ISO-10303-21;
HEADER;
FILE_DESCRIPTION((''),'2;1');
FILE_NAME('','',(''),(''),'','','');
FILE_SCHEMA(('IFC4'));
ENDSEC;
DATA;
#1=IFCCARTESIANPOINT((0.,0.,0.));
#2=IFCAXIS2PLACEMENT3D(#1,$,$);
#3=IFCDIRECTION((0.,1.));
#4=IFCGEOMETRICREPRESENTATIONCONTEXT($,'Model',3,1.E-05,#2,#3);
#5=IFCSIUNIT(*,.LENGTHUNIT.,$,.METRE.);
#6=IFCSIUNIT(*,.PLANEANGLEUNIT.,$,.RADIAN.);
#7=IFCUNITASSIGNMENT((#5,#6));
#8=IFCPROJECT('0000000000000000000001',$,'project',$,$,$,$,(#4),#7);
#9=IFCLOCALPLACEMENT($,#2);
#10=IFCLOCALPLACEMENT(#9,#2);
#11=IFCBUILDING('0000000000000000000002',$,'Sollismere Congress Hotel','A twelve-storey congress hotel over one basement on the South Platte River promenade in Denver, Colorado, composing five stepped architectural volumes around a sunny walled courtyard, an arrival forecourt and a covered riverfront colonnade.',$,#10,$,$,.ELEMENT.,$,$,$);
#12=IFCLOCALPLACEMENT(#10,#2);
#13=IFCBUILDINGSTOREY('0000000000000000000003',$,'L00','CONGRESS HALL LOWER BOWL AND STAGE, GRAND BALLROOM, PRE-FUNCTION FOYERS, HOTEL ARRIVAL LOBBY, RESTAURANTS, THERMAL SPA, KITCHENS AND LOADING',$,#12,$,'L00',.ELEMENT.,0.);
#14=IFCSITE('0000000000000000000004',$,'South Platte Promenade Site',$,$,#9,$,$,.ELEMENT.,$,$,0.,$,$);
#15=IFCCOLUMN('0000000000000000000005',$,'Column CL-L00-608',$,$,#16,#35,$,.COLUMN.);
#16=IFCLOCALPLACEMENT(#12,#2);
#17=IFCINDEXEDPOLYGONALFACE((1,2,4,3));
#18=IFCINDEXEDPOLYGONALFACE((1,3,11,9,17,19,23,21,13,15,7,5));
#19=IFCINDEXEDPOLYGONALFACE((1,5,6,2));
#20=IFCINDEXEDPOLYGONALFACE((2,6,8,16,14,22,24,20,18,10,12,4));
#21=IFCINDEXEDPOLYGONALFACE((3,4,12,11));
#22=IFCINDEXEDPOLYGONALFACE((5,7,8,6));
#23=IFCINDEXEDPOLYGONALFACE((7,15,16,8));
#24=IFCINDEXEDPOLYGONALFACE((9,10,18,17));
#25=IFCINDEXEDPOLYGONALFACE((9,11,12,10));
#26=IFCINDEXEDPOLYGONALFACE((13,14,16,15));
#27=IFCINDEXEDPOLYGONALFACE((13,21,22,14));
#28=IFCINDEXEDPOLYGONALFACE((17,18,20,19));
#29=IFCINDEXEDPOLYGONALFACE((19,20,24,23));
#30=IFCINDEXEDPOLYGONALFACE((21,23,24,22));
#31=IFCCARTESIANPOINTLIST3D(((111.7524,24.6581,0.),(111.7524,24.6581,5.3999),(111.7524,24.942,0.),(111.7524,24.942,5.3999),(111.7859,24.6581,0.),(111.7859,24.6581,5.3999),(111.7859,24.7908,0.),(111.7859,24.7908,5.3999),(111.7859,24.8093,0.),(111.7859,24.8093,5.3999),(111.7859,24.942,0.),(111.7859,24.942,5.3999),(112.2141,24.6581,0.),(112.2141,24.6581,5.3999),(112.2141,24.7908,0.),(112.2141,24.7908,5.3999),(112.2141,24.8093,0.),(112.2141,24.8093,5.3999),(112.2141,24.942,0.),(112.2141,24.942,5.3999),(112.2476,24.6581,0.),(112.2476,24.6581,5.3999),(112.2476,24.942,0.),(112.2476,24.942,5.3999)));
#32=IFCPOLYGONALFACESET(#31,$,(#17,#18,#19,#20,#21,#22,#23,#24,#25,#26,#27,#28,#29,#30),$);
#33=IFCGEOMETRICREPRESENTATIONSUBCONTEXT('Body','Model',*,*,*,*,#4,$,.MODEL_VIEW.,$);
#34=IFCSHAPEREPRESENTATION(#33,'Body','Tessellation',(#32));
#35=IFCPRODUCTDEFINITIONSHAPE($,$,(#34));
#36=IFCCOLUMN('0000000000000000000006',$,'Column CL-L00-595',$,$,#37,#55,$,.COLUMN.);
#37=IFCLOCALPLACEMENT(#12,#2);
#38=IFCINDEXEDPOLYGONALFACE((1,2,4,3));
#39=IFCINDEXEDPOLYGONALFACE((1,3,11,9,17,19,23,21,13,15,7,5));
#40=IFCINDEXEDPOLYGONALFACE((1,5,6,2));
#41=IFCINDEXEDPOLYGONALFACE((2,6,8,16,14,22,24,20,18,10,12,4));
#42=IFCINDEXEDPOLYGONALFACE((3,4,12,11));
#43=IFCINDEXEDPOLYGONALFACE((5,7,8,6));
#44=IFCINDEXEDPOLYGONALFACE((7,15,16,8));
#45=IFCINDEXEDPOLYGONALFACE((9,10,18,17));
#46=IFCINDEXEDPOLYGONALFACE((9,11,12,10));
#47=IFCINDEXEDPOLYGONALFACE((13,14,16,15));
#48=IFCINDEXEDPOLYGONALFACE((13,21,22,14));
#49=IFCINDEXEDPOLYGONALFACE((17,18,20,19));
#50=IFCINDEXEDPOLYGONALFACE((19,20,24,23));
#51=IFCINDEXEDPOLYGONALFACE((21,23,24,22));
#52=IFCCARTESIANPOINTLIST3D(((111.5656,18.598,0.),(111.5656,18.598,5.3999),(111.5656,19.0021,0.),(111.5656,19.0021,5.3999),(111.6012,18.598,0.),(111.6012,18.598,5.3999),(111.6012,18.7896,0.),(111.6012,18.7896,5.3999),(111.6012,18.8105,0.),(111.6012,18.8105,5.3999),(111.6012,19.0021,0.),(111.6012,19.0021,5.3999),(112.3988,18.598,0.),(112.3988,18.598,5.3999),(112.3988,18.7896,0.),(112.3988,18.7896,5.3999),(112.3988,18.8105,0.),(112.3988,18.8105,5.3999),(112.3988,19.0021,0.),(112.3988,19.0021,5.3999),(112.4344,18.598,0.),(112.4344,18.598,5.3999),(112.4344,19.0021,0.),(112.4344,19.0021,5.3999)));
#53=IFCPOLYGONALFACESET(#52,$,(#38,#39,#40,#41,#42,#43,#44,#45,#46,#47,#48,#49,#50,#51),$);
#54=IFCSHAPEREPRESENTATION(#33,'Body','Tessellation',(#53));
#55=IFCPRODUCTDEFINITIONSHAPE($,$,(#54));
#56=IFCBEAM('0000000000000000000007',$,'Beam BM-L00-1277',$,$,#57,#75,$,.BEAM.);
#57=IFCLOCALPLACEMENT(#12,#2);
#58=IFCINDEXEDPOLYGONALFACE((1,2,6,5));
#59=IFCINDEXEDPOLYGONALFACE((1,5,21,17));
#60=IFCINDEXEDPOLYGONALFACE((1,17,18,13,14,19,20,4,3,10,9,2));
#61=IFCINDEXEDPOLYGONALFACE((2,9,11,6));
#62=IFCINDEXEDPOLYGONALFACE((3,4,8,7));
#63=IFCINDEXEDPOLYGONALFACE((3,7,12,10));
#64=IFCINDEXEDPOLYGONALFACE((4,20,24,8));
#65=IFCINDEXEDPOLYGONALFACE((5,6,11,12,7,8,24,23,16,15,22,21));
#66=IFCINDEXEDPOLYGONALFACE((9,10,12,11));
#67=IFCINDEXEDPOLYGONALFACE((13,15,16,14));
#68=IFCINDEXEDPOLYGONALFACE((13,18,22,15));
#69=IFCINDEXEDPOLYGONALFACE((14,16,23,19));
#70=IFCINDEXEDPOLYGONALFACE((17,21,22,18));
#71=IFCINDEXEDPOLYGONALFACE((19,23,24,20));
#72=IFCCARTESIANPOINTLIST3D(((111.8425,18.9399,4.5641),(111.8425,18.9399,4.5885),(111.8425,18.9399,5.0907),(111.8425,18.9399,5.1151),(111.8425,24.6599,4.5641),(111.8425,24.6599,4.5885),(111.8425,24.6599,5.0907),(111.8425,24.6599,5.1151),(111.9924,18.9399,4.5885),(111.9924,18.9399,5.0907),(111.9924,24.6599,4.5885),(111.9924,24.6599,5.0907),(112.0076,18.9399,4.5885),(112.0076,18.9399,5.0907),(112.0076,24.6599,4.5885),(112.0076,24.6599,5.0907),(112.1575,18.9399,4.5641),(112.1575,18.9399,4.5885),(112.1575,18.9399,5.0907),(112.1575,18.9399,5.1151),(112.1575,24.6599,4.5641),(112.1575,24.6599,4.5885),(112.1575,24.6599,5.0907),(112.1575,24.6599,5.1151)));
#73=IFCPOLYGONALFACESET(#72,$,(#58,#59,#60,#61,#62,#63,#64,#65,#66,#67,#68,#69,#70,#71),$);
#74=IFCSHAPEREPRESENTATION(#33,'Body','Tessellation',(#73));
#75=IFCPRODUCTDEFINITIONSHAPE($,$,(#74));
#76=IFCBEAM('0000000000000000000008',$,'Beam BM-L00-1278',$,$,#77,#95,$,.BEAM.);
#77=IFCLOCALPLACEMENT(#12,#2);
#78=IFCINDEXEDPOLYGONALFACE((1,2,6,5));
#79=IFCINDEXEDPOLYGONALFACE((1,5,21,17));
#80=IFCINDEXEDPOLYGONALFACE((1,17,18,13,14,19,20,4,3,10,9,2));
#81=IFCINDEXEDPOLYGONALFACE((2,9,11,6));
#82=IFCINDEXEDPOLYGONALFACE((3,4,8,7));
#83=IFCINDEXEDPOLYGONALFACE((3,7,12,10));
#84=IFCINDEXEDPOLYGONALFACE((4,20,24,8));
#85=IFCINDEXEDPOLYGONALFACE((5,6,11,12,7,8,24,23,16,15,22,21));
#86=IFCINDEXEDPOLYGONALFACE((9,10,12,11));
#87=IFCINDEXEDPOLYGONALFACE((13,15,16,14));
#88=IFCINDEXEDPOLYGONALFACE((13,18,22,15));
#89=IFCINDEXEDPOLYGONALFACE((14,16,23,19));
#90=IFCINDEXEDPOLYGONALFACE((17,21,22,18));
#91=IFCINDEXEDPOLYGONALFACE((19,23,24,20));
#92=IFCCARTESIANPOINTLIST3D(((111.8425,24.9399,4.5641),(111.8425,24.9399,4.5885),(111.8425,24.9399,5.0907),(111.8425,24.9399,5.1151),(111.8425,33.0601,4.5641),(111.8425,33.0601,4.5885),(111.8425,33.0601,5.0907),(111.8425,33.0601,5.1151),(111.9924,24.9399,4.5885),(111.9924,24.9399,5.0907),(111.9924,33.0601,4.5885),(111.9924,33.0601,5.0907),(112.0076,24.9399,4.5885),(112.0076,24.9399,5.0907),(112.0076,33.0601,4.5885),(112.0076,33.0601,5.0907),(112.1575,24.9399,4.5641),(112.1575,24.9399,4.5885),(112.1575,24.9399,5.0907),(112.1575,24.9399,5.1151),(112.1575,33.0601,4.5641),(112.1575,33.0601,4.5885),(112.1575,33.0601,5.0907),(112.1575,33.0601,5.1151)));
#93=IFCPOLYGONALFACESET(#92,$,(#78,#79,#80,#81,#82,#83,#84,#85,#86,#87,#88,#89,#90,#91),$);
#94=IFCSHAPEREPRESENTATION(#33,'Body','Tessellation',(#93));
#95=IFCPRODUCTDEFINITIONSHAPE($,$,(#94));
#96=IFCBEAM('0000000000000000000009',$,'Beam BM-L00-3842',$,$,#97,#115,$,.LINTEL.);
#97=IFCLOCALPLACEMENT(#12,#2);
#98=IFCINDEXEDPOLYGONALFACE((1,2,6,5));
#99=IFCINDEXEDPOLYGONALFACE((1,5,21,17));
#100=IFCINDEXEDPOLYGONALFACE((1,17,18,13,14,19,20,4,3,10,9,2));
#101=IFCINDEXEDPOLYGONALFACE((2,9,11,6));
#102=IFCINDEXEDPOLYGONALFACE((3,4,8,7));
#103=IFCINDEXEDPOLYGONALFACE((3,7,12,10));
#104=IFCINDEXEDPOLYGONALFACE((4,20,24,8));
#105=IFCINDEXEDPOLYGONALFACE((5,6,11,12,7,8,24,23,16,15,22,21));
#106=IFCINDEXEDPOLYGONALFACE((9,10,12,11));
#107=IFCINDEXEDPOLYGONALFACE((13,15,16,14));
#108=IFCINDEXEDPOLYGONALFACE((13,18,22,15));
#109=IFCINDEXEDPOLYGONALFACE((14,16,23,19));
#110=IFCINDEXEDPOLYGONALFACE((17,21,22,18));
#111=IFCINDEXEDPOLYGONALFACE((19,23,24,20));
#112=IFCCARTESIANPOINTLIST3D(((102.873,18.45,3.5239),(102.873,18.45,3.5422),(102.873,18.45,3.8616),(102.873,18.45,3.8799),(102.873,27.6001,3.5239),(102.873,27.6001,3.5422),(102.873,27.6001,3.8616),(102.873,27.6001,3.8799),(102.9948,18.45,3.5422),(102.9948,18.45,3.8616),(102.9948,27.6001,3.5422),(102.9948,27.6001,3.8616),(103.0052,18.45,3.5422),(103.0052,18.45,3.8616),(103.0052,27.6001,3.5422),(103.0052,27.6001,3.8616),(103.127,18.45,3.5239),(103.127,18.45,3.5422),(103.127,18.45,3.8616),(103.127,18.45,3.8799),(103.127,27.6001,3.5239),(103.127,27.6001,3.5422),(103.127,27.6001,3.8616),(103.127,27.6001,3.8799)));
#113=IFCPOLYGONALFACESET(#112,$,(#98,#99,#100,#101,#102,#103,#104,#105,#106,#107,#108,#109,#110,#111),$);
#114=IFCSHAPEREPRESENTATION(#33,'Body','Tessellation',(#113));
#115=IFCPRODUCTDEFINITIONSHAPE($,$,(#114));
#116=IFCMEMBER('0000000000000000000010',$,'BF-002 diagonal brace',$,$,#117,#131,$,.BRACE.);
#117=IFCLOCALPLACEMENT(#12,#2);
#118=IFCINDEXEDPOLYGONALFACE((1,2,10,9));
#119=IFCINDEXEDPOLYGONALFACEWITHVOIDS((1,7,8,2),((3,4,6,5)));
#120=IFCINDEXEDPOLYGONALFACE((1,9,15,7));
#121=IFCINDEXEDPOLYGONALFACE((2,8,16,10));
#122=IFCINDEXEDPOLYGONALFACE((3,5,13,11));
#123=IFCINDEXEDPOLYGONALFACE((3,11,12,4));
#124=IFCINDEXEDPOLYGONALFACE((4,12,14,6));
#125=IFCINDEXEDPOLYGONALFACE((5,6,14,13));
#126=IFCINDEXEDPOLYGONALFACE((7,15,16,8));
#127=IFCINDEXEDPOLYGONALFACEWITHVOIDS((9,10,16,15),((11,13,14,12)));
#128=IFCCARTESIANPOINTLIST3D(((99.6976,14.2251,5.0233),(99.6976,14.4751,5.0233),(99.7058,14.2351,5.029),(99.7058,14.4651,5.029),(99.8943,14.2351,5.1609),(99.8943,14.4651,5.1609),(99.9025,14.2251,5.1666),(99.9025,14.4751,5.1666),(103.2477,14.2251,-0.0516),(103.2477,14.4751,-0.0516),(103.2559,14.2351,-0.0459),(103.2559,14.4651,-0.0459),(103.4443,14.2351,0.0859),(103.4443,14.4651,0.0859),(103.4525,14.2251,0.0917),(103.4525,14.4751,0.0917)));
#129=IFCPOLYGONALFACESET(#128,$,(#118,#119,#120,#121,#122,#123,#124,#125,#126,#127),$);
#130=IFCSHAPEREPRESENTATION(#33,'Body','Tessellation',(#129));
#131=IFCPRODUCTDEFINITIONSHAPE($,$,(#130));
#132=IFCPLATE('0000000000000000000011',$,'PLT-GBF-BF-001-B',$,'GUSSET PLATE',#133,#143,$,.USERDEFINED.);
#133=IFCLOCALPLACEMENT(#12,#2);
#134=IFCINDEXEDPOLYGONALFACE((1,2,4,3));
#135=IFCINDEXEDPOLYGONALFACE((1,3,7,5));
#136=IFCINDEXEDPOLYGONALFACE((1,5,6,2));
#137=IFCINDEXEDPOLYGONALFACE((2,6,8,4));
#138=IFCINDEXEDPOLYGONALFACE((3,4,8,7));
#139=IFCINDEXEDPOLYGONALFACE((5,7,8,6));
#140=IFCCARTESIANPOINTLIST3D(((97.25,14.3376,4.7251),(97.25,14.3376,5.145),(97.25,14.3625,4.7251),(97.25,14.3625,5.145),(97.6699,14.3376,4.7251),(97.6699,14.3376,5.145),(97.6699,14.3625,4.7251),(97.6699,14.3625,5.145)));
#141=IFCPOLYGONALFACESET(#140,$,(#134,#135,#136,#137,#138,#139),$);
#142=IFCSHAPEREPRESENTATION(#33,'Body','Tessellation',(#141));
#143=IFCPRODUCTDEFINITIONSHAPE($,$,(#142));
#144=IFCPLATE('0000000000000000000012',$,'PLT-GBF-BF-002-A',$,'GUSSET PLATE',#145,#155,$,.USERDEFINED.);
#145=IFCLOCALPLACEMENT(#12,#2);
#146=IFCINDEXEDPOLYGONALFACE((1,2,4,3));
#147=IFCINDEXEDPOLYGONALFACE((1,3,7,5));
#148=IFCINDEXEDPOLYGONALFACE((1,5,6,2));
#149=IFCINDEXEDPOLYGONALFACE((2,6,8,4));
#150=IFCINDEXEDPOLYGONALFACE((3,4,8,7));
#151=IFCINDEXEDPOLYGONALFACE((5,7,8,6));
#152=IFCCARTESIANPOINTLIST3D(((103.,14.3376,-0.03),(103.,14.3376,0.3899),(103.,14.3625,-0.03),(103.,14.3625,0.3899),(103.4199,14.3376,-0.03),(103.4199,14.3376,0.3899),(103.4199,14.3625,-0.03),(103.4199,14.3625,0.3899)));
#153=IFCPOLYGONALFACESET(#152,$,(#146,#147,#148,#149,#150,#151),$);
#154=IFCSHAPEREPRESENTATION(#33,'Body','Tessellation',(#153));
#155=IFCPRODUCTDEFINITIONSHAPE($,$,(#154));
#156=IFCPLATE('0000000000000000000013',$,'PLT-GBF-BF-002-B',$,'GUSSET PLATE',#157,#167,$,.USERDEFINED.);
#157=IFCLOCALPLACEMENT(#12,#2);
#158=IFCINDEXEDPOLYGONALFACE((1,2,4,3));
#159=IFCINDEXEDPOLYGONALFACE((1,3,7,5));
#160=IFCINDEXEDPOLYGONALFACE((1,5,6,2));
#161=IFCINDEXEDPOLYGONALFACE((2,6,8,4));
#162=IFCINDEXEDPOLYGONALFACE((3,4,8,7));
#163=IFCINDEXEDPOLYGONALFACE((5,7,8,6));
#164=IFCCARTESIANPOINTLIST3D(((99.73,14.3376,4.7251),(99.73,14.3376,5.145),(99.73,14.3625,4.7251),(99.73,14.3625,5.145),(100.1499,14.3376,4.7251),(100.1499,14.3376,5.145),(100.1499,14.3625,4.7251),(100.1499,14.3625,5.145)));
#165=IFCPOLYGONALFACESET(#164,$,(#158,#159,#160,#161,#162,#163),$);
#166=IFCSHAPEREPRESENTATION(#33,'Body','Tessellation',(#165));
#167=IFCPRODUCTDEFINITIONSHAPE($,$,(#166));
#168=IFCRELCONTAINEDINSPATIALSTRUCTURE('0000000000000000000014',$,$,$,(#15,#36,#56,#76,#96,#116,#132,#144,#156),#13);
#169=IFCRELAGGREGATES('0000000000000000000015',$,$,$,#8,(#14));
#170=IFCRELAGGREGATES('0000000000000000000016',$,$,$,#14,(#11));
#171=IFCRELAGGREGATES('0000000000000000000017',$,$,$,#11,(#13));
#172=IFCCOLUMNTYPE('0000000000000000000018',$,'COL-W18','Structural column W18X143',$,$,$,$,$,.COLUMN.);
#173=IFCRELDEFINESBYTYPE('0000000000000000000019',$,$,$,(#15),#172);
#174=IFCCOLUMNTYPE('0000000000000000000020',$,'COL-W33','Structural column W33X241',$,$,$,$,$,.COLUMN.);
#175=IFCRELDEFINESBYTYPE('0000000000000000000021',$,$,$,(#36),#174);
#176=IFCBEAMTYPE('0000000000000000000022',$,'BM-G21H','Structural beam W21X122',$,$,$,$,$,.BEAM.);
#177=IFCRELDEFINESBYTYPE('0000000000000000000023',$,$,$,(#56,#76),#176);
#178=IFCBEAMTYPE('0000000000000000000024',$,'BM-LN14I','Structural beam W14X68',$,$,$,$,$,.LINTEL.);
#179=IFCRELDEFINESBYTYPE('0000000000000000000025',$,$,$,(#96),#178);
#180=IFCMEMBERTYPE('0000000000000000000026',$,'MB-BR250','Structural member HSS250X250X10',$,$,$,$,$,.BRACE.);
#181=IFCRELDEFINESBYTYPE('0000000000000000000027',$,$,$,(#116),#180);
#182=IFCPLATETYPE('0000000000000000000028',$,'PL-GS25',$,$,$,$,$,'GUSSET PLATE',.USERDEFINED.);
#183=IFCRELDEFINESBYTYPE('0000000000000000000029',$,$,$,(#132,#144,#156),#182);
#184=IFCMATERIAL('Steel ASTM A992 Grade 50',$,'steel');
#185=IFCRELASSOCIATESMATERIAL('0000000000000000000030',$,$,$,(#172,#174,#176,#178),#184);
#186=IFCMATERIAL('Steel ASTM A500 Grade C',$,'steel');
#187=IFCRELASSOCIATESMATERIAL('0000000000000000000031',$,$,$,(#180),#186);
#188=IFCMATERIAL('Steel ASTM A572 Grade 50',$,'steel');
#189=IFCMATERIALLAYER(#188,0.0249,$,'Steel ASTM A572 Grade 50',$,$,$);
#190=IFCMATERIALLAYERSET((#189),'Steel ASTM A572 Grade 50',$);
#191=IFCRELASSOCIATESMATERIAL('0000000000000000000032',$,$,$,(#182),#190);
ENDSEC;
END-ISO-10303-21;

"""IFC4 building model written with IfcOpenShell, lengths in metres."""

from ifc_helpers import new_model, si_unit, direction, frame, origin, origin_2d, place, context, subcontext, project, spatial, rectangle, hollow_rectangle, i_section, extrude, material, layer, layer_set, material_profile, profile_set, type_object, element, save


model = new_model("IFC4")

# Units and contexts
model_context = context("Model", 3, precision=1e-05, world=origin(), true_north=direction((0.0, 1.0)))
body_context = subcontext(model_context, "Body", "Model", "MODEL_VIEW")
ifc_project = project(units=[si_unit("LENGTHUNIT", "METRE"), si_unit("PLANEANGLEUNIT", "RADIAN")], contexts=[model_context])

# Site, building, storey
site_placement = place(None, origin())
site = spatial("IfcSite", under=ifc_project, at=site_placement, Name="South Platte Promenade Site", CompositionType="ELEMENT", RefElevation=0.0)
building_placement = place(site_placement, origin())
building = spatial("IfcBuilding", under=site, at=building_placement, Name="Sollismere Congress Hotel", Description="A twelve-storey congress hotel over one basement on the South Platte River promenade in Denver, Colorado, composing five stepped architectural volumes around a sunny walled courtyard, an arrival forecourt and a covered riverfront colonnade.", CompositionType="ELEMENT")
storey_placement = place(building_placement, origin())
storey = spatial("IfcBuildingStorey", under=building, at=storey_placement, Name="L00", Description="CONGRESS HALL LOWER BOWL AND STAGE, GRAND BALLROOM, PRE-FUNCTION FOYERS, HOTEL ARRIVAL LOBBY, RESTAURANTS, THERMAL SPA, KITCHENS AND LOADING", LongName="L00", CompositionType="ELEMENT", Elevation=0.0)

# Columns
ifc_material_1 = material(Name="Steel ASTM A992 Grade 50", Category="steel")
ifc_material_profile_1 = material_profile(ifc_material_1, i_section(OverallWidth=0.2839, OverallDepth=0.4951, WebThickness=0.0186, FlangeThickness=0.0334, at=origin_2d()), Name="W18X143")
ifc_profile_set_1 = profile_set([ifc_material_profile_1], Name="Steel ASTM A992 Grade 50")
column_type_1 = type_object("IfcColumnType", Name="COL-W18", Description="Structural column W18X143", PredefinedType="COLUMN", material=ifc_profile_set_1)
column_1_placement = place(storey_placement, frame((112.0, 24.8, 0.0), z_axis=(0.0, 0.0, 1.0), x_axis=(0.0, 1.0, 0.0)))
element("IfcColumn", 1, at=column_1_placement, inside=storey, type_object=column_type_1, Name="Column CL-L00-608", PredefinedType="COLUMN", context=body_context, shape_type="SweptSolid", body=[
    extrude(i_section(OverallWidth=0.2839, OverallDepth=0.4951, WebThickness=0.0186, FlangeThickness=0.0334, at=origin_2d()), origin(), (0.0, 0.0, 1.0), 5.3999),
])
ifc_material_profile_2 = material_profile(ifc_material_1, i_section(OverallWidth=0.4041, OverallDepth=0.8689, WebThickness=0.021, FlangeThickness=0.0356, at=origin_2d()), Name="W33X241")
ifc_profile_set_2 = profile_set([ifc_material_profile_2], Name="Steel ASTM A992 Grade 50")
column_type_2 = type_object("IfcColumnType", Name="COL-W33", Description="Structural column W33X241", PredefinedType="COLUMN", material=ifc_profile_set_2)
column_2_placement = place(storey_placement, frame((112.0, 18.8, 0.0), z_axis=(0.0, 0.0, 1.0), x_axis=(0.0, 1.0, 0.0)))
element("IfcColumn", 2, at=column_2_placement, inside=storey, type_object=column_type_2, Name="Column CL-L00-595", PredefinedType="COLUMN", context=body_context, shape_type="SweptSolid", body=[
    extrude(i_section(OverallWidth=0.4041, OverallDepth=0.8689, WebThickness=0.021, FlangeThickness=0.0356, at=origin_2d()), origin(), (0.0, 0.0, 1.0), 5.3999),
])

# Beams
ifc_material_profile_3 = material_profile(ifc_material_1, i_section(OverallWidth=0.3149, OverallDepth=0.551, WebThickness=0.0151, FlangeThickness=0.0244, at=origin_2d()), Name="W21X122")
ifc_profile_set_3 = profile_set([ifc_material_profile_3], Name="Steel ASTM A992 Grade 50")
beam_type_1 = type_object("IfcBeamType", Name="BM-G21H", Description="Structural beam W21X122", PredefinedType="BEAM", material=ifc_profile_set_3)
beam_1_placement = place(storey_placement, frame((112.0, 18.9399, 4.8396), z_axis=(0.0, 1.0, 0.0), x_axis=(-1.0, 0.0, 0.0)))
element("IfcBeam", 3, at=beam_1_placement, inside=storey, type_object=beam_type_1, Name="Beam BM-L00-1277", PredefinedType="BEAM", context=body_context, shape_type="SweptSolid", body=[
    extrude(i_section(OverallWidth=0.3149, OverallDepth=0.551, WebThickness=0.0151, FlangeThickness=0.0244, at=origin_2d()), origin(), (0.0, 0.0, 1.0), 5.72),
])
beam_2_placement = place(storey_placement, frame((112.0, 24.9399, 4.8396), z_axis=(0.0, 1.0, 0.0), x_axis=(-1.0, 0.0, 0.0)))
element("IfcBeam", 4, at=beam_2_placement, inside=storey, type_object=beam_type_1, Name="Beam BM-L00-1278", PredefinedType="BEAM", context=body_context, shape_type="SweptSolid", body=[
    extrude(i_section(OverallWidth=0.3149, OverallDepth=0.551, WebThickness=0.0151, FlangeThickness=0.0244, at=origin_2d()), origin(), (0.0, 0.0, 1.0), 8.1201),
])
ifc_material_profile_4 = material_profile(ifc_material_1, i_section(OverallWidth=0.2539, OverallDepth=0.356, WebThickness=0.0105, FlangeThickness=0.0183, at=origin_2d()), Name="W14X68")
ifc_profile_set_4 = profile_set([ifc_material_profile_4], Name="Steel ASTM A992 Grade 50")
beam_type_2 = type_object("IfcBeamType", Name="BM-LN14I", Description="Structural beam W14X68", PredefinedType="LINTEL", material=ifc_profile_set_4)
beam_3_placement = place(storey_placement, frame((103.0, 18.45, 3.7019), z_axis=(0.0, 1.0, 0.0), x_axis=(-1.0, 0.0, 0.0)))
element("IfcBeam", 5, at=beam_3_placement, inside=storey, type_object=beam_type_2, Name="Beam BM-L00-3842", PredefinedType="LINTEL", context=body_context, shape_type="SweptSolid", body=[
    extrude(i_section(OverallWidth=0.2539, OverallDepth=0.356, WebThickness=0.0105, FlangeThickness=0.0183, at=origin_2d()), origin(), (0.0, 0.0, 1.0), 9.1501),
])

# Member
ifc_material_2 = material(Name="Steel ASTM A500 Grade C", Category="steel")
ifc_material_profile_5 = material_profile(ifc_material_2, hollow_rectangle(XDim=0.25, YDim=0.25, WallThickness=0.01, at=origin_2d()), Name="HSS250X250X10")
ifc_profile_set_5 = profile_set([ifc_material_profile_5], Name="Steel ASTM A500 Grade C")
member_type = type_object("IfcMemberType", Name="MB-BR250", Description="Structural member HSS250X250X10", PredefinedType="BRACE", material=ifc_profile_set_5)
member_placement = place(storey_placement, frame((103.3501, 14.3501, 0.02), z_axis=(-0.5732, 0.0, 0.819415), x_axis=(0.0, -1.0, 0.0)))
element("IfcMember", 6, at=member_placement, inside=storey, type_object=member_type, Name="BF-002 diagonal brace", PredefinedType="BRACE", context=body_context, shape_type="SweptSolid", body=[
    extrude(hollow_rectangle(XDim=0.25, YDim=0.25, WallThickness=0.01, at=origin_2d()), origin(), (0.0, 0.0, 1.0), 6.1934),
])

# Plates
ifc_material_3 = material(Name="Steel ASTM A572 Grade 50", Category="steel")
ifc_layer_1 = layer(ifc_material_3, 0.0249, Name="Steel ASTM A572 Grade 50")
ifc_layer_set_1 = layer_set([ifc_layer_1], Name="Steel ASTM A572 Grade 50")
plate_type = type_object("IfcPlateType", Name="PL-GS25", ElementType="GUSSET PLATE", PredefinedType="USERDEFINED", material=ifc_layer_set_1)
for number, where, z_axis, x_axis, name in (
    (7, (97.46, 14.3501, 4.7251), (0.0, 0.0, 1.0), (1.0, 0.0, 0.0), "PLT-GBF-BF-001-B"),
    (8, (103.21, 14.3501, -0.03), (0.0, 0.0, 1.0), (1.0, 0.0, 0.0), "PLT-GBF-BF-002-A"),
    (9, (99.9399, 14.3501, 4.7251), (0.0, 0.0, 1.0), (1.0, 0.0, 0.0), "PLT-GBF-BF-002-B"),
):
    element("IfcPlate", number, at=place(storey_placement, frame(where, z_axis=z_axis, x_axis=x_axis)), inside=storey, type_object=plate_type, Name=name, ObjectType="GUSSET PLATE", PredefinedType="USERDEFINED", context=body_context, shape_type="SweptSolid", body=[
        extrude(rectangle(XDim=0.4199, YDim=0.0249, at=origin_2d()), origin(), (0.0, 0.0, 1.0), 0.4199),
    ])

save(model, "model.ifc")
